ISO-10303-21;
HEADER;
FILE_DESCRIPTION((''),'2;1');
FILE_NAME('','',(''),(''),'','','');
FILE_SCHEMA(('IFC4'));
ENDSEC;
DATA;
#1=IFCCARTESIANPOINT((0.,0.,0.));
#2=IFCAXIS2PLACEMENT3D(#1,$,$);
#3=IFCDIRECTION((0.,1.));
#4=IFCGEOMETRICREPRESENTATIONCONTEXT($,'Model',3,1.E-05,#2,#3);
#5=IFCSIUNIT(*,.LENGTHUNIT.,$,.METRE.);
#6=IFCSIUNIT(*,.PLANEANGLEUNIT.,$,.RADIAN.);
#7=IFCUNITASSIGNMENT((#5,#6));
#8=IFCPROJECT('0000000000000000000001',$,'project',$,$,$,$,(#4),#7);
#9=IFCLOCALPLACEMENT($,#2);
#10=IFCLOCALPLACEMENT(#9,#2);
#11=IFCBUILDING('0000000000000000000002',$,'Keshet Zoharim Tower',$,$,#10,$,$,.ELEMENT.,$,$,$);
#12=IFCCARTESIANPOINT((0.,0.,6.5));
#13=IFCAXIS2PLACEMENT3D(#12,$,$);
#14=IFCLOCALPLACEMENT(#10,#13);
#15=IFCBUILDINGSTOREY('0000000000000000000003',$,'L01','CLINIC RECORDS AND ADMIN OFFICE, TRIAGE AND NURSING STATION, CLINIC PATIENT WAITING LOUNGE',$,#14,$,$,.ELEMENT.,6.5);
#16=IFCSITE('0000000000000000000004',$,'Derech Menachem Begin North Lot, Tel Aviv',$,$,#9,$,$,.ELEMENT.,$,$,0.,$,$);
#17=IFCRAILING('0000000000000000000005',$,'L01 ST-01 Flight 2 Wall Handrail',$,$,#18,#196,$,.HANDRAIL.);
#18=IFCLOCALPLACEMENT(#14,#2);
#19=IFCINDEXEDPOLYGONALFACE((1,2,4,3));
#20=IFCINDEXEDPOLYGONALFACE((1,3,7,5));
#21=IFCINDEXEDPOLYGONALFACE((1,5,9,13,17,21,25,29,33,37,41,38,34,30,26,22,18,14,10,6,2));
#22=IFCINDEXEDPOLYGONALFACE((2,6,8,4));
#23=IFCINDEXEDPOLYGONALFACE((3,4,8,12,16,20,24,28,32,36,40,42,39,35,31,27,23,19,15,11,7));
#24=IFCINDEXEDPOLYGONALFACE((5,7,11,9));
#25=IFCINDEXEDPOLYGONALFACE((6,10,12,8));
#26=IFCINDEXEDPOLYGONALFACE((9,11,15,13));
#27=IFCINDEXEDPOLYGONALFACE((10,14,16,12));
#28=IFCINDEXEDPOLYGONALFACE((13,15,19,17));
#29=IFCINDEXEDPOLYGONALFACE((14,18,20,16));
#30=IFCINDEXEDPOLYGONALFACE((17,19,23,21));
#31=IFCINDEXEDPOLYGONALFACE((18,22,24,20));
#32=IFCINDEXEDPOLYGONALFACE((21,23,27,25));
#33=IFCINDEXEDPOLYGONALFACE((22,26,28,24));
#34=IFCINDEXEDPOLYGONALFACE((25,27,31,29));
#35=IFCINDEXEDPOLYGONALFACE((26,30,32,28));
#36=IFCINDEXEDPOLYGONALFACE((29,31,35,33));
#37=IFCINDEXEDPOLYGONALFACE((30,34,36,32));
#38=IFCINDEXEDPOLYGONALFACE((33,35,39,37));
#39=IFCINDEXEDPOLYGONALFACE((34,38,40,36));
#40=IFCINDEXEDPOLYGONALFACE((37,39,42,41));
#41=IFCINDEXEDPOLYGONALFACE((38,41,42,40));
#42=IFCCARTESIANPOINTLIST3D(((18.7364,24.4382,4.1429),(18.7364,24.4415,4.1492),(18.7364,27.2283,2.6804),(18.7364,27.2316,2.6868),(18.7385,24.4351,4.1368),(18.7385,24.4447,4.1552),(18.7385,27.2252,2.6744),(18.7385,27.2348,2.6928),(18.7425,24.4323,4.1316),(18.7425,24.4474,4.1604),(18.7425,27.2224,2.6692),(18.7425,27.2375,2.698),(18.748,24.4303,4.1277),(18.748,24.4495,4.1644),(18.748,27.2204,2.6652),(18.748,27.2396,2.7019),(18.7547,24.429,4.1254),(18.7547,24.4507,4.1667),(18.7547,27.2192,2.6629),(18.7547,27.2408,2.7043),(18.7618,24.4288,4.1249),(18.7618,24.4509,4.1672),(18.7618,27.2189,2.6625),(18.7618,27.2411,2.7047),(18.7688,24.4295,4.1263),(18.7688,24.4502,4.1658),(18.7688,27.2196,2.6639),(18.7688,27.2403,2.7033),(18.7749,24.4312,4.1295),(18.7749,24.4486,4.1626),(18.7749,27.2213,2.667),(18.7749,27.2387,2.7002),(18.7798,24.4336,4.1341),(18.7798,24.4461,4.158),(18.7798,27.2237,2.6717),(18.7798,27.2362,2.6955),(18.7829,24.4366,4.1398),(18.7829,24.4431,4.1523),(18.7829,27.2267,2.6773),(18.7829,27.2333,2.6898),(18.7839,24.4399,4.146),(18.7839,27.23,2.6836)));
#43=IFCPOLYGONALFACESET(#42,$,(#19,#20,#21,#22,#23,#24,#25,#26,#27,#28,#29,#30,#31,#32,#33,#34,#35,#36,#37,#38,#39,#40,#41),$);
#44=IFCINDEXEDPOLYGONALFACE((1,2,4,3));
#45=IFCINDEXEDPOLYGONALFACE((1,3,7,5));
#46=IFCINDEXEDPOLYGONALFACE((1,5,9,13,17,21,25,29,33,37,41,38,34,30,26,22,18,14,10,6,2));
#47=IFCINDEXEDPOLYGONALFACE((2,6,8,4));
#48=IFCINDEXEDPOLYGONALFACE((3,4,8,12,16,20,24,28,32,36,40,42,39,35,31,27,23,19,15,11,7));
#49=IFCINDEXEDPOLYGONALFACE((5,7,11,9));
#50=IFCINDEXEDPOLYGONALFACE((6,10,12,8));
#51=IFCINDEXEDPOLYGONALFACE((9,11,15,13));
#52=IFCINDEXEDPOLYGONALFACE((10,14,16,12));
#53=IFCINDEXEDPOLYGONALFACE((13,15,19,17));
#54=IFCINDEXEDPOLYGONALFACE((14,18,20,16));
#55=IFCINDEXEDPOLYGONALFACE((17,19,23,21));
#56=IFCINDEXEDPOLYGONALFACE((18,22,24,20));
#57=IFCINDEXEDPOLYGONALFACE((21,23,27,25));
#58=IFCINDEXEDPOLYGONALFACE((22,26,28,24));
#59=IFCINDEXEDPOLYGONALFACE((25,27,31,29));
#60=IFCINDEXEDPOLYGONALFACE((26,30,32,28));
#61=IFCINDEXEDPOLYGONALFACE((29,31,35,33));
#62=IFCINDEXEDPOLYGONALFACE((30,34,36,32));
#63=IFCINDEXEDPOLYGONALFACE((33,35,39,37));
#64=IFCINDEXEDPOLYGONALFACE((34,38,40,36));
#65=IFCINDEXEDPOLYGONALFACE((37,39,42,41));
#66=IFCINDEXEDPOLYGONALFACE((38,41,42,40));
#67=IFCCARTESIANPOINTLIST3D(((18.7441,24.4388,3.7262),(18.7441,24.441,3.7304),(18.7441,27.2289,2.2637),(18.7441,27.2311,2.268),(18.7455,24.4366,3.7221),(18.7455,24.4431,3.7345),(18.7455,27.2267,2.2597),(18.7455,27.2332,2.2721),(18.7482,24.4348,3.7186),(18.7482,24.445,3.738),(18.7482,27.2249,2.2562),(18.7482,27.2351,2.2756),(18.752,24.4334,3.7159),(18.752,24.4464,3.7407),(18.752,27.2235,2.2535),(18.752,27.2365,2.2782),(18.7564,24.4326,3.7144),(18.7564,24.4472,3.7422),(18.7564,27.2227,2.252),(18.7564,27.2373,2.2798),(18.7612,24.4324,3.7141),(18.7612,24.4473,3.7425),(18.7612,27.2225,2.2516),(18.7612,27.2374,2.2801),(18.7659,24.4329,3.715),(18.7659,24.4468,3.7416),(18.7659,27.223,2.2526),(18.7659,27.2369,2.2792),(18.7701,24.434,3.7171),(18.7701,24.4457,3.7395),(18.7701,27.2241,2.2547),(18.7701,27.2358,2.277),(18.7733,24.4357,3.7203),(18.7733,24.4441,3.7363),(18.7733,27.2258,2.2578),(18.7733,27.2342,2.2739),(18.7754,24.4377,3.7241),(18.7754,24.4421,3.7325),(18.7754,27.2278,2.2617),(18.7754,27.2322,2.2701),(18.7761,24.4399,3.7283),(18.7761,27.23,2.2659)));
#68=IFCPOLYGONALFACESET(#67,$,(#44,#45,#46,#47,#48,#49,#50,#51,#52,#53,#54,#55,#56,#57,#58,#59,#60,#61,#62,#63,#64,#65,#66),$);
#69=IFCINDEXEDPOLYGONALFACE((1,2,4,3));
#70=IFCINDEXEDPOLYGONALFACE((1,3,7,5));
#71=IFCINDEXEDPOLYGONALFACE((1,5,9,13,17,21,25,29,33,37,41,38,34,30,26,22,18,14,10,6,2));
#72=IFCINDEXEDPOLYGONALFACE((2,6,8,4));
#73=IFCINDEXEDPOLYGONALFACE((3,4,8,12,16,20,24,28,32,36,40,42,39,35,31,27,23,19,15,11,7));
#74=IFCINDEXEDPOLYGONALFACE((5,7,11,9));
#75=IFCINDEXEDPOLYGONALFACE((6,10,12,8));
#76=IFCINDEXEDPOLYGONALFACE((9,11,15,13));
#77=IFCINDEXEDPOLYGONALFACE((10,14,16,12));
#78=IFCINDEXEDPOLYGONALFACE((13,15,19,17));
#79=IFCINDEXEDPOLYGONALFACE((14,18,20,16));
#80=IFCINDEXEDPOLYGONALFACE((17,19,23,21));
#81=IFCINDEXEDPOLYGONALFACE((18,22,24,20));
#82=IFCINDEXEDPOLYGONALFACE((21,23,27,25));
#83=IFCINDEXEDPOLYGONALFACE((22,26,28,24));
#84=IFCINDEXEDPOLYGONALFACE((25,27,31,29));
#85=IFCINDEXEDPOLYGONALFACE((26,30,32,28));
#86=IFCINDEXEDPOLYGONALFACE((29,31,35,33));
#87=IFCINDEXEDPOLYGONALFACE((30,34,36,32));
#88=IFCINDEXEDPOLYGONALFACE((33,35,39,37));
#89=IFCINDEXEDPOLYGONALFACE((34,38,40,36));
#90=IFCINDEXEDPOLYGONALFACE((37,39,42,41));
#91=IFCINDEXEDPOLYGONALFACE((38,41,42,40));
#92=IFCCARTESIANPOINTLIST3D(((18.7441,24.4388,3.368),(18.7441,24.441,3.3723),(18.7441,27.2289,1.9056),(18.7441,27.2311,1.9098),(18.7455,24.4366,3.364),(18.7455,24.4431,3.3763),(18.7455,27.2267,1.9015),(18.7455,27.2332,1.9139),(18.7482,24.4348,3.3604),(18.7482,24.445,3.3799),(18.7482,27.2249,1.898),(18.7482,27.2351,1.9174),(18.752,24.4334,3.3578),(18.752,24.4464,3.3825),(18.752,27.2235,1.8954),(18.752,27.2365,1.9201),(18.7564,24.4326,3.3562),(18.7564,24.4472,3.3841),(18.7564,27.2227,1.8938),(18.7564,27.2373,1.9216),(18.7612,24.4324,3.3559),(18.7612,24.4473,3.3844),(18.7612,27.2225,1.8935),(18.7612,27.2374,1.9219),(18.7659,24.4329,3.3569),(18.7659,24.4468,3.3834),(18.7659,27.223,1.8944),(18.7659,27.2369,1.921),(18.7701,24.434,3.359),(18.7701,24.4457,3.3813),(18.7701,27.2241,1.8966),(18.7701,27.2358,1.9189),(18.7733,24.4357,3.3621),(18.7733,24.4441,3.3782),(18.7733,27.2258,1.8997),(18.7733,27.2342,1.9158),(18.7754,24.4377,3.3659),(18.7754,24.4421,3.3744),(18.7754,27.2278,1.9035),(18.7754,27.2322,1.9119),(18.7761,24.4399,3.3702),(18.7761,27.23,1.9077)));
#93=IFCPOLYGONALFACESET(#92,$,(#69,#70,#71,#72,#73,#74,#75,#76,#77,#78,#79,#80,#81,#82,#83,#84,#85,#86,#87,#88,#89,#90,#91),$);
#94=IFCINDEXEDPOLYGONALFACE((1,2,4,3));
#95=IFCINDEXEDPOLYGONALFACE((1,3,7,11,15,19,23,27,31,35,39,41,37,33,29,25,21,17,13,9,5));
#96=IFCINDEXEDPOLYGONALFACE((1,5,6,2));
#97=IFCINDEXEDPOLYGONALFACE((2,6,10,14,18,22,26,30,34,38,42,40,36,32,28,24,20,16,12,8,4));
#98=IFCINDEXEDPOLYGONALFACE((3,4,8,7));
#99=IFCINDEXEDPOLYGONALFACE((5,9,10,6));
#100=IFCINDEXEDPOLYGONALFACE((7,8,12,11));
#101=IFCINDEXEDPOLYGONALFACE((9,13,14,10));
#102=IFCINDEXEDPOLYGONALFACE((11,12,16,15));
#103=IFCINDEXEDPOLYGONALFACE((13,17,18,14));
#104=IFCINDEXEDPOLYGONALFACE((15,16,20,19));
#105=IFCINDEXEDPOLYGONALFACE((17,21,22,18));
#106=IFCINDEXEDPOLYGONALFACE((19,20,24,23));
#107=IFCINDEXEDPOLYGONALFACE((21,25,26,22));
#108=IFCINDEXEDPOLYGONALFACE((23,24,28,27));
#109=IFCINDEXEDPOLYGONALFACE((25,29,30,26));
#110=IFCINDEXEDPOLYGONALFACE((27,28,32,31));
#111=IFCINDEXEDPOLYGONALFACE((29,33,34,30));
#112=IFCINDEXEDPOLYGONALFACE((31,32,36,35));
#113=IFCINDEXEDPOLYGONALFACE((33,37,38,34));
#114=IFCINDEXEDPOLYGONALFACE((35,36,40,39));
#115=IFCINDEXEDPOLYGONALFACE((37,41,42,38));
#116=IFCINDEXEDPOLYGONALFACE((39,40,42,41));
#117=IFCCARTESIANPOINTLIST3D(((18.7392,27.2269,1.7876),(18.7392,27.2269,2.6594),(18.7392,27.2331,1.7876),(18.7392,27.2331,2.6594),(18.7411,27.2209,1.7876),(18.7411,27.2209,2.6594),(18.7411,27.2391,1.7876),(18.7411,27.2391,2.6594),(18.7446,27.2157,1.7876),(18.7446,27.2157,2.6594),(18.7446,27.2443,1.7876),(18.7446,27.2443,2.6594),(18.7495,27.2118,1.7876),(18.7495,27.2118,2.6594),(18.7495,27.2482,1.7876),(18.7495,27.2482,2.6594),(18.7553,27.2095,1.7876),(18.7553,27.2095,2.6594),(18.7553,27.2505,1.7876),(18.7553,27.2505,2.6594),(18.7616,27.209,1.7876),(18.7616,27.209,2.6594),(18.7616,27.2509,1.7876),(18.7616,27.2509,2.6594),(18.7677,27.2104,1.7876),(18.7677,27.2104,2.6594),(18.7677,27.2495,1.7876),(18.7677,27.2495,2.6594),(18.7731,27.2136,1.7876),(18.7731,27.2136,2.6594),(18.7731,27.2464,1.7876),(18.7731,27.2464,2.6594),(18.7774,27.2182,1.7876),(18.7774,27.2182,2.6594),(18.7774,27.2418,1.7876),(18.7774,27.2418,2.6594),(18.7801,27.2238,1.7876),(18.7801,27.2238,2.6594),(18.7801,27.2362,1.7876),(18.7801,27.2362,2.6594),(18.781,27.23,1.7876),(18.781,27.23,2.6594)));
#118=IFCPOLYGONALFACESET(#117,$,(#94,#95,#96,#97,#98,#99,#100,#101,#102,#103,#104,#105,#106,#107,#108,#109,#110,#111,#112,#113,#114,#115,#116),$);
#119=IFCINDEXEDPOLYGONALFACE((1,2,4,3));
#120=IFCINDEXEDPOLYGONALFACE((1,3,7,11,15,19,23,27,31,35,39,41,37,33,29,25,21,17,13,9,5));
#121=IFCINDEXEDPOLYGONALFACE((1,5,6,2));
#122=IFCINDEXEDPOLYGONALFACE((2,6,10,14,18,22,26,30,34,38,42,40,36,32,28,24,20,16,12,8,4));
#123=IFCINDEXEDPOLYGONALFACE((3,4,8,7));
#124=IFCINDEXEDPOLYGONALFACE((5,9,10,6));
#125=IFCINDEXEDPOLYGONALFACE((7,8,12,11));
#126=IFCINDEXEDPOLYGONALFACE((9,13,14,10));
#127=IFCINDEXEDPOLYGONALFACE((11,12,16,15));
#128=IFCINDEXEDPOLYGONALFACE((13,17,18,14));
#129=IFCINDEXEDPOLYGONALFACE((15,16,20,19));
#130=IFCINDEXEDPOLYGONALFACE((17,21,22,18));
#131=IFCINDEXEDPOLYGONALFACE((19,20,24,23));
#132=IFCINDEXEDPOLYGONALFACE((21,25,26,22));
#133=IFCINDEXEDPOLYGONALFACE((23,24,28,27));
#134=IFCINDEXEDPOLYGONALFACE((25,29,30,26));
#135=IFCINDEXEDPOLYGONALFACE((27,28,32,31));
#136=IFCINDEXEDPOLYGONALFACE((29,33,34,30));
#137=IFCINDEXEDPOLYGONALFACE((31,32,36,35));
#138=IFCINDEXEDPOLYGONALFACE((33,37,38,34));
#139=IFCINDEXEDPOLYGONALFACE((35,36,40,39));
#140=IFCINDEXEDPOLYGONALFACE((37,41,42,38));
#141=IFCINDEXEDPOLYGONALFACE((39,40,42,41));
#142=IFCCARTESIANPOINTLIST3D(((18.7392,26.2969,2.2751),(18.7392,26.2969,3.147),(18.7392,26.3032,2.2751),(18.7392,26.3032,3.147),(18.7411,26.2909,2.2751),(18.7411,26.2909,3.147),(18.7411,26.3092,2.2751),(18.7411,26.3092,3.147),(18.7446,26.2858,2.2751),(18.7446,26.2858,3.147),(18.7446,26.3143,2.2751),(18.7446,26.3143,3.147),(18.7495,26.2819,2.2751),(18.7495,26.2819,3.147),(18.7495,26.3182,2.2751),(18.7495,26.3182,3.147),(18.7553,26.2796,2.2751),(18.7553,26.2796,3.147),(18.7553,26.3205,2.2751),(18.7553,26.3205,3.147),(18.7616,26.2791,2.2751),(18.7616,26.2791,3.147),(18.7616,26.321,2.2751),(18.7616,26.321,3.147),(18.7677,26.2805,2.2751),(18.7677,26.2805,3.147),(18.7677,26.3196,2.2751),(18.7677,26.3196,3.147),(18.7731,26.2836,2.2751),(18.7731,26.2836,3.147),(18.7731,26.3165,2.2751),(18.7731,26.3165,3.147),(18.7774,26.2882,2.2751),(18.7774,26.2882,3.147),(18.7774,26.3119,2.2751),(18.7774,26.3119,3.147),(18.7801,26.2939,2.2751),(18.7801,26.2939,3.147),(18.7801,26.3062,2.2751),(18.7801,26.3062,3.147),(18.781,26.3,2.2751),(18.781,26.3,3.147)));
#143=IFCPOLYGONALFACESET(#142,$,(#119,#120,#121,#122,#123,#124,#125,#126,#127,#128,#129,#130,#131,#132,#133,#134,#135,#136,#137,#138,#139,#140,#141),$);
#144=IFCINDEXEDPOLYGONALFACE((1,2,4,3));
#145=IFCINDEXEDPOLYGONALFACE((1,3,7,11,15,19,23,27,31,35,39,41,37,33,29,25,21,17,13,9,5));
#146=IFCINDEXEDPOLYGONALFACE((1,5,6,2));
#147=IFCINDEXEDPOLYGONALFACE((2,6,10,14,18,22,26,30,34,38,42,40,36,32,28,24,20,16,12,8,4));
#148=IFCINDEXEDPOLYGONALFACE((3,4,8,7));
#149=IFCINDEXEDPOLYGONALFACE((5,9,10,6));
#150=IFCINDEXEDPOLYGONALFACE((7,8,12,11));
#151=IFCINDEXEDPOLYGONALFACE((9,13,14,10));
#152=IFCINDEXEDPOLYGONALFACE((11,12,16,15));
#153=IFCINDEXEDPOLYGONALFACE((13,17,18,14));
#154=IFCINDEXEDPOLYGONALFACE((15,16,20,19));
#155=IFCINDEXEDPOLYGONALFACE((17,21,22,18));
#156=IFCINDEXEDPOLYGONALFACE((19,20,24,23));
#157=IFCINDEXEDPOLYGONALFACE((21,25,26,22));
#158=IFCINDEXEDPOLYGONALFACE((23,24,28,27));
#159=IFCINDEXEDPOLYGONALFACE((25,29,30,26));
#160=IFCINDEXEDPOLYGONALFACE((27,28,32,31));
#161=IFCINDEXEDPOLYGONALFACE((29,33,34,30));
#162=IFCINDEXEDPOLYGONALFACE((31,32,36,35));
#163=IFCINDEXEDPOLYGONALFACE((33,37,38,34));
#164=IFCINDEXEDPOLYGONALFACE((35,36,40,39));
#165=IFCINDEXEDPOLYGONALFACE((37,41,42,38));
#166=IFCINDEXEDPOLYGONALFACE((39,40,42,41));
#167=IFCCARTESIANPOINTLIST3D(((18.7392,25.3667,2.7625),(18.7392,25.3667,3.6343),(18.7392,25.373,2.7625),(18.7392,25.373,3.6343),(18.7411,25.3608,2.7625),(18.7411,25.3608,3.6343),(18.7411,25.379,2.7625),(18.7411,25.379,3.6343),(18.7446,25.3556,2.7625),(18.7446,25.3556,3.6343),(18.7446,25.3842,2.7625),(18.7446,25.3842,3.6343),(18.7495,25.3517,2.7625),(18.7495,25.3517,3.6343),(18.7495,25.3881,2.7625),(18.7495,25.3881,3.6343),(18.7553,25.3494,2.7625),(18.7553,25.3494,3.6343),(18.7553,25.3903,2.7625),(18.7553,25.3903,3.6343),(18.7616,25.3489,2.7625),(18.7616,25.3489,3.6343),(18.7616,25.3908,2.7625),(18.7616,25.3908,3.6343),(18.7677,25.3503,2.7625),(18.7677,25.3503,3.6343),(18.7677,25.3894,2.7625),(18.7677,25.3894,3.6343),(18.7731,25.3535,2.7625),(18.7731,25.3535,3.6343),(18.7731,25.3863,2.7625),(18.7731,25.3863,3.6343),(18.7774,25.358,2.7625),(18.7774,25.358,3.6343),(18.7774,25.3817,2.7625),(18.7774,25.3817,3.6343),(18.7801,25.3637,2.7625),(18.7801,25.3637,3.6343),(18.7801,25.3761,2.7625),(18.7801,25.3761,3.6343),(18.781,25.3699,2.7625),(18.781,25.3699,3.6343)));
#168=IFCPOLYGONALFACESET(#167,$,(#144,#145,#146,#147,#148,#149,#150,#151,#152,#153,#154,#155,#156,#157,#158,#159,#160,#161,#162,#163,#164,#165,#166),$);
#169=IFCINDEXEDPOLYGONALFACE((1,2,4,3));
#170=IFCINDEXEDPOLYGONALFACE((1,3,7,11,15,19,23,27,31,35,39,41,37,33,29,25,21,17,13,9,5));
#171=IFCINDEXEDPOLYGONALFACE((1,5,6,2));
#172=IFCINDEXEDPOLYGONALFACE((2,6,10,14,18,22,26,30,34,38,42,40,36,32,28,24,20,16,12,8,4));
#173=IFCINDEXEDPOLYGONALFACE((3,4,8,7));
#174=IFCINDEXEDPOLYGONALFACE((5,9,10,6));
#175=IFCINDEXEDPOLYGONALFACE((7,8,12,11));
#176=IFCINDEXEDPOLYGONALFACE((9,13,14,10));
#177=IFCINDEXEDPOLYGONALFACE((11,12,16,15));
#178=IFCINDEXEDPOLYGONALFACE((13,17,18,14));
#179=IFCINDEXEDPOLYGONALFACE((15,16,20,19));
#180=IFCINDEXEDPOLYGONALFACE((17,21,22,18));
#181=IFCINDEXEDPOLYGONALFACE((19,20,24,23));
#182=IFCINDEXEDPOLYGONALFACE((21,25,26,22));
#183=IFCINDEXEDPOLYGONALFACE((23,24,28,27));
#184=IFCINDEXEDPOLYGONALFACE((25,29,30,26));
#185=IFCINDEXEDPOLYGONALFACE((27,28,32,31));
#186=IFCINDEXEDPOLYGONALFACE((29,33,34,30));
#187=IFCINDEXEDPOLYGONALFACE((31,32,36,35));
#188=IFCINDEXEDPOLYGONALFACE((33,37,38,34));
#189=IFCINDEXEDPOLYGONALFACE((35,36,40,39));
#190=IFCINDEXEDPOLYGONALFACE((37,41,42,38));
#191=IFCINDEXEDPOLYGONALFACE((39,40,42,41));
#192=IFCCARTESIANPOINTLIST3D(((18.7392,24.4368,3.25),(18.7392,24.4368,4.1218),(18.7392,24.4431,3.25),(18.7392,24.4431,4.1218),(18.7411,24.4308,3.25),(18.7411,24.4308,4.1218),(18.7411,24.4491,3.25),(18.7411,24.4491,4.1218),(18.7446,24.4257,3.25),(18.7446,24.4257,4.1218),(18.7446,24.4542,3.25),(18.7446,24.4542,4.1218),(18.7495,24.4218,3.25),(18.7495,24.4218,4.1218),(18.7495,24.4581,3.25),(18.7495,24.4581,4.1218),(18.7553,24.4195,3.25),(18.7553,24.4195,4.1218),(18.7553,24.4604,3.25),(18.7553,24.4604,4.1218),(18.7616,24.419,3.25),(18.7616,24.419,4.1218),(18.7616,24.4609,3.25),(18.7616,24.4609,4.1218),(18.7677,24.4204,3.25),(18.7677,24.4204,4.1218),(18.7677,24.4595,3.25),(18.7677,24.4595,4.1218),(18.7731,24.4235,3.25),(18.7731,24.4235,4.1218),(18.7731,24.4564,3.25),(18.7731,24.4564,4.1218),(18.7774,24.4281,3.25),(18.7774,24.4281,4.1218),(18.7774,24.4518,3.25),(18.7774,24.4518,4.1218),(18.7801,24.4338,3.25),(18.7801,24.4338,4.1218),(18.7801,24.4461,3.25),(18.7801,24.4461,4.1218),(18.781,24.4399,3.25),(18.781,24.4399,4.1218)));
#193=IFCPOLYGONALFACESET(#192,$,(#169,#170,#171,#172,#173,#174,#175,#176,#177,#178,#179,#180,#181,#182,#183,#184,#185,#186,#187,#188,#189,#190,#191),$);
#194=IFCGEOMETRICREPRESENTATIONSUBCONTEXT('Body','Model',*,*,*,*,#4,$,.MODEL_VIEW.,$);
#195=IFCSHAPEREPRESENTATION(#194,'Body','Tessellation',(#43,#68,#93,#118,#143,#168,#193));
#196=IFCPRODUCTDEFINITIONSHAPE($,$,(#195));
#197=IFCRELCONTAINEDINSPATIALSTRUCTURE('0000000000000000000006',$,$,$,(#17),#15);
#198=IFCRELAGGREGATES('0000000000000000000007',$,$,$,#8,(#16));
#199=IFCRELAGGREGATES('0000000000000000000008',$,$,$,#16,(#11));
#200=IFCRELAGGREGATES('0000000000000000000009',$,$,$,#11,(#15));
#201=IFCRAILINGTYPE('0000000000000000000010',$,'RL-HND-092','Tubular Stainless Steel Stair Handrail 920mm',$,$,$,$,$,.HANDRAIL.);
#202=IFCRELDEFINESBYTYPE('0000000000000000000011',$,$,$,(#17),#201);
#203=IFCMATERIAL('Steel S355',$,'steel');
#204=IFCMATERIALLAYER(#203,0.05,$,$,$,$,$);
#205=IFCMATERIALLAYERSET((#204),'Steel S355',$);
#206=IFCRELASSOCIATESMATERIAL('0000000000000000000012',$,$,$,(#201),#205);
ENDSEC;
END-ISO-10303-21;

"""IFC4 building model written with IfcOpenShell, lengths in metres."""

from ifc_helpers import new_model, si_unit, direction, frame, origin, origin_2d, place, context, subcontext, project, spatial, circle, extrude, material, layer, layer_set, type_object, element, save


model = new_model("IFC4")

# Units and contexts
model_context = context("Model", 3, precision=1e-05, world=origin(), true_north=direction((0.0, 1.0)))
body_context = subcontext(model_context, "Body", "Model", "MODEL_VIEW")
ifc_project = project(units=[si_unit("LENGTHUNIT", "METRE"), si_unit("PLANEANGLEUNIT", "RADIAN")], contexts=[model_context])

# Site, building, storey
site_placement = place(None, origin())
site = spatial("IfcSite", under=ifc_project, at=site_placement, Name="Derech Menachem Begin North Lot, Tel Aviv", CompositionType="ELEMENT", RefElevation=0.0)
building_placement = place(site_placement, origin())
building = spatial("IfcBuilding", under=site, at=building_placement, Name="Keshet Zoharim Tower", CompositionType="ELEMENT")
storey_placement = place(building_placement, frame((0.0, 0.0, 6.5)))
storey = spatial("IfcBuildingStorey", under=building, at=storey_placement, Name="L01", Description="CLINIC RECORDS AND ADMIN OFFICE, TRIAGE AND NURSING STATION, CLINIC PATIENT WAITING LOUNGE", CompositionType="ELEMENT", Elevation=6.5)

# Shared definitions
ifc_material_1 = material(Name="Steel S355", Category="steel")

# Railing
ifc_layer_1 = layer(ifc_material_1, 0.05)
ifc_layer_set_1 = layer_set([ifc_layer_1], Name="Steel S355")
railing_type_1 = type_object("IfcRailingType", Name="RL-HND-092", Description="Tubular Stainless Steel Stair Handrail 920mm", PredefinedType="HANDRAIL", material=ifc_layer_set_1)
for number, where, name in (
    (1, (18.76, 27.23, 1.7876), "L01 ST-01 Flight 2 Wall Handrail"),
):
    element("IfcRailing", number, at=place(storey_placement, frame(where)), inside=storey, type_object=railing_type_1, Name=name, PredefinedType="HANDRAIL", context=body_context, shape_type="SweptSolid", body=[
        extrude(circle(Radius=0.0239, at=origin_2d()), frame((0.0, 0.0, 0.896), z_axis=(0.0, -0.885707, 0.464244), x_axis=(1.0, 0.0, 0.0)), (0.0, 0.0, 1.0), 3.1501),
        extrude(circle(Radius=0.0161, at=origin_2d()), frame((0.0, 0.0, 0.4783), z_axis=(0.0, -0.885707, 0.464244), x_axis=(1.0, 0.0, 0.0)), (0.0, 0.0, 1.0), 3.1501),
        extrude(circle(Radius=0.0161, at=origin_2d()), frame((0.0, 0.0, 0.1201), z_axis=(0.0, -0.885707, 0.464244), x_axis=(1.0, 0.0, 0.0)), (0.0, 0.0, 1.0), 3.1501),
        extrude(circle(Radius=0.021, at=origin_2d()), origin(), (0.0, 0.0, 1.0), 0.8718),
        extrude(circle(Radius=0.021, at=origin_2d()), frame((0.0, -0.9299, 0.4875)), (0.0, 0.0, 1.0), 0.8718),
        extrude(circle(Radius=0.021, at=origin_2d()), frame((0.0, -1.8601, 0.9749)), (0.0, 0.0, 1.0), 0.8718),
        extrude(circle(Radius=0.021, at=origin_2d()), frame((0.0, -2.79, 1.4624)), (0.0, 0.0, 1.0), 0.8718),
    ])

save(model, "model.ifc")
